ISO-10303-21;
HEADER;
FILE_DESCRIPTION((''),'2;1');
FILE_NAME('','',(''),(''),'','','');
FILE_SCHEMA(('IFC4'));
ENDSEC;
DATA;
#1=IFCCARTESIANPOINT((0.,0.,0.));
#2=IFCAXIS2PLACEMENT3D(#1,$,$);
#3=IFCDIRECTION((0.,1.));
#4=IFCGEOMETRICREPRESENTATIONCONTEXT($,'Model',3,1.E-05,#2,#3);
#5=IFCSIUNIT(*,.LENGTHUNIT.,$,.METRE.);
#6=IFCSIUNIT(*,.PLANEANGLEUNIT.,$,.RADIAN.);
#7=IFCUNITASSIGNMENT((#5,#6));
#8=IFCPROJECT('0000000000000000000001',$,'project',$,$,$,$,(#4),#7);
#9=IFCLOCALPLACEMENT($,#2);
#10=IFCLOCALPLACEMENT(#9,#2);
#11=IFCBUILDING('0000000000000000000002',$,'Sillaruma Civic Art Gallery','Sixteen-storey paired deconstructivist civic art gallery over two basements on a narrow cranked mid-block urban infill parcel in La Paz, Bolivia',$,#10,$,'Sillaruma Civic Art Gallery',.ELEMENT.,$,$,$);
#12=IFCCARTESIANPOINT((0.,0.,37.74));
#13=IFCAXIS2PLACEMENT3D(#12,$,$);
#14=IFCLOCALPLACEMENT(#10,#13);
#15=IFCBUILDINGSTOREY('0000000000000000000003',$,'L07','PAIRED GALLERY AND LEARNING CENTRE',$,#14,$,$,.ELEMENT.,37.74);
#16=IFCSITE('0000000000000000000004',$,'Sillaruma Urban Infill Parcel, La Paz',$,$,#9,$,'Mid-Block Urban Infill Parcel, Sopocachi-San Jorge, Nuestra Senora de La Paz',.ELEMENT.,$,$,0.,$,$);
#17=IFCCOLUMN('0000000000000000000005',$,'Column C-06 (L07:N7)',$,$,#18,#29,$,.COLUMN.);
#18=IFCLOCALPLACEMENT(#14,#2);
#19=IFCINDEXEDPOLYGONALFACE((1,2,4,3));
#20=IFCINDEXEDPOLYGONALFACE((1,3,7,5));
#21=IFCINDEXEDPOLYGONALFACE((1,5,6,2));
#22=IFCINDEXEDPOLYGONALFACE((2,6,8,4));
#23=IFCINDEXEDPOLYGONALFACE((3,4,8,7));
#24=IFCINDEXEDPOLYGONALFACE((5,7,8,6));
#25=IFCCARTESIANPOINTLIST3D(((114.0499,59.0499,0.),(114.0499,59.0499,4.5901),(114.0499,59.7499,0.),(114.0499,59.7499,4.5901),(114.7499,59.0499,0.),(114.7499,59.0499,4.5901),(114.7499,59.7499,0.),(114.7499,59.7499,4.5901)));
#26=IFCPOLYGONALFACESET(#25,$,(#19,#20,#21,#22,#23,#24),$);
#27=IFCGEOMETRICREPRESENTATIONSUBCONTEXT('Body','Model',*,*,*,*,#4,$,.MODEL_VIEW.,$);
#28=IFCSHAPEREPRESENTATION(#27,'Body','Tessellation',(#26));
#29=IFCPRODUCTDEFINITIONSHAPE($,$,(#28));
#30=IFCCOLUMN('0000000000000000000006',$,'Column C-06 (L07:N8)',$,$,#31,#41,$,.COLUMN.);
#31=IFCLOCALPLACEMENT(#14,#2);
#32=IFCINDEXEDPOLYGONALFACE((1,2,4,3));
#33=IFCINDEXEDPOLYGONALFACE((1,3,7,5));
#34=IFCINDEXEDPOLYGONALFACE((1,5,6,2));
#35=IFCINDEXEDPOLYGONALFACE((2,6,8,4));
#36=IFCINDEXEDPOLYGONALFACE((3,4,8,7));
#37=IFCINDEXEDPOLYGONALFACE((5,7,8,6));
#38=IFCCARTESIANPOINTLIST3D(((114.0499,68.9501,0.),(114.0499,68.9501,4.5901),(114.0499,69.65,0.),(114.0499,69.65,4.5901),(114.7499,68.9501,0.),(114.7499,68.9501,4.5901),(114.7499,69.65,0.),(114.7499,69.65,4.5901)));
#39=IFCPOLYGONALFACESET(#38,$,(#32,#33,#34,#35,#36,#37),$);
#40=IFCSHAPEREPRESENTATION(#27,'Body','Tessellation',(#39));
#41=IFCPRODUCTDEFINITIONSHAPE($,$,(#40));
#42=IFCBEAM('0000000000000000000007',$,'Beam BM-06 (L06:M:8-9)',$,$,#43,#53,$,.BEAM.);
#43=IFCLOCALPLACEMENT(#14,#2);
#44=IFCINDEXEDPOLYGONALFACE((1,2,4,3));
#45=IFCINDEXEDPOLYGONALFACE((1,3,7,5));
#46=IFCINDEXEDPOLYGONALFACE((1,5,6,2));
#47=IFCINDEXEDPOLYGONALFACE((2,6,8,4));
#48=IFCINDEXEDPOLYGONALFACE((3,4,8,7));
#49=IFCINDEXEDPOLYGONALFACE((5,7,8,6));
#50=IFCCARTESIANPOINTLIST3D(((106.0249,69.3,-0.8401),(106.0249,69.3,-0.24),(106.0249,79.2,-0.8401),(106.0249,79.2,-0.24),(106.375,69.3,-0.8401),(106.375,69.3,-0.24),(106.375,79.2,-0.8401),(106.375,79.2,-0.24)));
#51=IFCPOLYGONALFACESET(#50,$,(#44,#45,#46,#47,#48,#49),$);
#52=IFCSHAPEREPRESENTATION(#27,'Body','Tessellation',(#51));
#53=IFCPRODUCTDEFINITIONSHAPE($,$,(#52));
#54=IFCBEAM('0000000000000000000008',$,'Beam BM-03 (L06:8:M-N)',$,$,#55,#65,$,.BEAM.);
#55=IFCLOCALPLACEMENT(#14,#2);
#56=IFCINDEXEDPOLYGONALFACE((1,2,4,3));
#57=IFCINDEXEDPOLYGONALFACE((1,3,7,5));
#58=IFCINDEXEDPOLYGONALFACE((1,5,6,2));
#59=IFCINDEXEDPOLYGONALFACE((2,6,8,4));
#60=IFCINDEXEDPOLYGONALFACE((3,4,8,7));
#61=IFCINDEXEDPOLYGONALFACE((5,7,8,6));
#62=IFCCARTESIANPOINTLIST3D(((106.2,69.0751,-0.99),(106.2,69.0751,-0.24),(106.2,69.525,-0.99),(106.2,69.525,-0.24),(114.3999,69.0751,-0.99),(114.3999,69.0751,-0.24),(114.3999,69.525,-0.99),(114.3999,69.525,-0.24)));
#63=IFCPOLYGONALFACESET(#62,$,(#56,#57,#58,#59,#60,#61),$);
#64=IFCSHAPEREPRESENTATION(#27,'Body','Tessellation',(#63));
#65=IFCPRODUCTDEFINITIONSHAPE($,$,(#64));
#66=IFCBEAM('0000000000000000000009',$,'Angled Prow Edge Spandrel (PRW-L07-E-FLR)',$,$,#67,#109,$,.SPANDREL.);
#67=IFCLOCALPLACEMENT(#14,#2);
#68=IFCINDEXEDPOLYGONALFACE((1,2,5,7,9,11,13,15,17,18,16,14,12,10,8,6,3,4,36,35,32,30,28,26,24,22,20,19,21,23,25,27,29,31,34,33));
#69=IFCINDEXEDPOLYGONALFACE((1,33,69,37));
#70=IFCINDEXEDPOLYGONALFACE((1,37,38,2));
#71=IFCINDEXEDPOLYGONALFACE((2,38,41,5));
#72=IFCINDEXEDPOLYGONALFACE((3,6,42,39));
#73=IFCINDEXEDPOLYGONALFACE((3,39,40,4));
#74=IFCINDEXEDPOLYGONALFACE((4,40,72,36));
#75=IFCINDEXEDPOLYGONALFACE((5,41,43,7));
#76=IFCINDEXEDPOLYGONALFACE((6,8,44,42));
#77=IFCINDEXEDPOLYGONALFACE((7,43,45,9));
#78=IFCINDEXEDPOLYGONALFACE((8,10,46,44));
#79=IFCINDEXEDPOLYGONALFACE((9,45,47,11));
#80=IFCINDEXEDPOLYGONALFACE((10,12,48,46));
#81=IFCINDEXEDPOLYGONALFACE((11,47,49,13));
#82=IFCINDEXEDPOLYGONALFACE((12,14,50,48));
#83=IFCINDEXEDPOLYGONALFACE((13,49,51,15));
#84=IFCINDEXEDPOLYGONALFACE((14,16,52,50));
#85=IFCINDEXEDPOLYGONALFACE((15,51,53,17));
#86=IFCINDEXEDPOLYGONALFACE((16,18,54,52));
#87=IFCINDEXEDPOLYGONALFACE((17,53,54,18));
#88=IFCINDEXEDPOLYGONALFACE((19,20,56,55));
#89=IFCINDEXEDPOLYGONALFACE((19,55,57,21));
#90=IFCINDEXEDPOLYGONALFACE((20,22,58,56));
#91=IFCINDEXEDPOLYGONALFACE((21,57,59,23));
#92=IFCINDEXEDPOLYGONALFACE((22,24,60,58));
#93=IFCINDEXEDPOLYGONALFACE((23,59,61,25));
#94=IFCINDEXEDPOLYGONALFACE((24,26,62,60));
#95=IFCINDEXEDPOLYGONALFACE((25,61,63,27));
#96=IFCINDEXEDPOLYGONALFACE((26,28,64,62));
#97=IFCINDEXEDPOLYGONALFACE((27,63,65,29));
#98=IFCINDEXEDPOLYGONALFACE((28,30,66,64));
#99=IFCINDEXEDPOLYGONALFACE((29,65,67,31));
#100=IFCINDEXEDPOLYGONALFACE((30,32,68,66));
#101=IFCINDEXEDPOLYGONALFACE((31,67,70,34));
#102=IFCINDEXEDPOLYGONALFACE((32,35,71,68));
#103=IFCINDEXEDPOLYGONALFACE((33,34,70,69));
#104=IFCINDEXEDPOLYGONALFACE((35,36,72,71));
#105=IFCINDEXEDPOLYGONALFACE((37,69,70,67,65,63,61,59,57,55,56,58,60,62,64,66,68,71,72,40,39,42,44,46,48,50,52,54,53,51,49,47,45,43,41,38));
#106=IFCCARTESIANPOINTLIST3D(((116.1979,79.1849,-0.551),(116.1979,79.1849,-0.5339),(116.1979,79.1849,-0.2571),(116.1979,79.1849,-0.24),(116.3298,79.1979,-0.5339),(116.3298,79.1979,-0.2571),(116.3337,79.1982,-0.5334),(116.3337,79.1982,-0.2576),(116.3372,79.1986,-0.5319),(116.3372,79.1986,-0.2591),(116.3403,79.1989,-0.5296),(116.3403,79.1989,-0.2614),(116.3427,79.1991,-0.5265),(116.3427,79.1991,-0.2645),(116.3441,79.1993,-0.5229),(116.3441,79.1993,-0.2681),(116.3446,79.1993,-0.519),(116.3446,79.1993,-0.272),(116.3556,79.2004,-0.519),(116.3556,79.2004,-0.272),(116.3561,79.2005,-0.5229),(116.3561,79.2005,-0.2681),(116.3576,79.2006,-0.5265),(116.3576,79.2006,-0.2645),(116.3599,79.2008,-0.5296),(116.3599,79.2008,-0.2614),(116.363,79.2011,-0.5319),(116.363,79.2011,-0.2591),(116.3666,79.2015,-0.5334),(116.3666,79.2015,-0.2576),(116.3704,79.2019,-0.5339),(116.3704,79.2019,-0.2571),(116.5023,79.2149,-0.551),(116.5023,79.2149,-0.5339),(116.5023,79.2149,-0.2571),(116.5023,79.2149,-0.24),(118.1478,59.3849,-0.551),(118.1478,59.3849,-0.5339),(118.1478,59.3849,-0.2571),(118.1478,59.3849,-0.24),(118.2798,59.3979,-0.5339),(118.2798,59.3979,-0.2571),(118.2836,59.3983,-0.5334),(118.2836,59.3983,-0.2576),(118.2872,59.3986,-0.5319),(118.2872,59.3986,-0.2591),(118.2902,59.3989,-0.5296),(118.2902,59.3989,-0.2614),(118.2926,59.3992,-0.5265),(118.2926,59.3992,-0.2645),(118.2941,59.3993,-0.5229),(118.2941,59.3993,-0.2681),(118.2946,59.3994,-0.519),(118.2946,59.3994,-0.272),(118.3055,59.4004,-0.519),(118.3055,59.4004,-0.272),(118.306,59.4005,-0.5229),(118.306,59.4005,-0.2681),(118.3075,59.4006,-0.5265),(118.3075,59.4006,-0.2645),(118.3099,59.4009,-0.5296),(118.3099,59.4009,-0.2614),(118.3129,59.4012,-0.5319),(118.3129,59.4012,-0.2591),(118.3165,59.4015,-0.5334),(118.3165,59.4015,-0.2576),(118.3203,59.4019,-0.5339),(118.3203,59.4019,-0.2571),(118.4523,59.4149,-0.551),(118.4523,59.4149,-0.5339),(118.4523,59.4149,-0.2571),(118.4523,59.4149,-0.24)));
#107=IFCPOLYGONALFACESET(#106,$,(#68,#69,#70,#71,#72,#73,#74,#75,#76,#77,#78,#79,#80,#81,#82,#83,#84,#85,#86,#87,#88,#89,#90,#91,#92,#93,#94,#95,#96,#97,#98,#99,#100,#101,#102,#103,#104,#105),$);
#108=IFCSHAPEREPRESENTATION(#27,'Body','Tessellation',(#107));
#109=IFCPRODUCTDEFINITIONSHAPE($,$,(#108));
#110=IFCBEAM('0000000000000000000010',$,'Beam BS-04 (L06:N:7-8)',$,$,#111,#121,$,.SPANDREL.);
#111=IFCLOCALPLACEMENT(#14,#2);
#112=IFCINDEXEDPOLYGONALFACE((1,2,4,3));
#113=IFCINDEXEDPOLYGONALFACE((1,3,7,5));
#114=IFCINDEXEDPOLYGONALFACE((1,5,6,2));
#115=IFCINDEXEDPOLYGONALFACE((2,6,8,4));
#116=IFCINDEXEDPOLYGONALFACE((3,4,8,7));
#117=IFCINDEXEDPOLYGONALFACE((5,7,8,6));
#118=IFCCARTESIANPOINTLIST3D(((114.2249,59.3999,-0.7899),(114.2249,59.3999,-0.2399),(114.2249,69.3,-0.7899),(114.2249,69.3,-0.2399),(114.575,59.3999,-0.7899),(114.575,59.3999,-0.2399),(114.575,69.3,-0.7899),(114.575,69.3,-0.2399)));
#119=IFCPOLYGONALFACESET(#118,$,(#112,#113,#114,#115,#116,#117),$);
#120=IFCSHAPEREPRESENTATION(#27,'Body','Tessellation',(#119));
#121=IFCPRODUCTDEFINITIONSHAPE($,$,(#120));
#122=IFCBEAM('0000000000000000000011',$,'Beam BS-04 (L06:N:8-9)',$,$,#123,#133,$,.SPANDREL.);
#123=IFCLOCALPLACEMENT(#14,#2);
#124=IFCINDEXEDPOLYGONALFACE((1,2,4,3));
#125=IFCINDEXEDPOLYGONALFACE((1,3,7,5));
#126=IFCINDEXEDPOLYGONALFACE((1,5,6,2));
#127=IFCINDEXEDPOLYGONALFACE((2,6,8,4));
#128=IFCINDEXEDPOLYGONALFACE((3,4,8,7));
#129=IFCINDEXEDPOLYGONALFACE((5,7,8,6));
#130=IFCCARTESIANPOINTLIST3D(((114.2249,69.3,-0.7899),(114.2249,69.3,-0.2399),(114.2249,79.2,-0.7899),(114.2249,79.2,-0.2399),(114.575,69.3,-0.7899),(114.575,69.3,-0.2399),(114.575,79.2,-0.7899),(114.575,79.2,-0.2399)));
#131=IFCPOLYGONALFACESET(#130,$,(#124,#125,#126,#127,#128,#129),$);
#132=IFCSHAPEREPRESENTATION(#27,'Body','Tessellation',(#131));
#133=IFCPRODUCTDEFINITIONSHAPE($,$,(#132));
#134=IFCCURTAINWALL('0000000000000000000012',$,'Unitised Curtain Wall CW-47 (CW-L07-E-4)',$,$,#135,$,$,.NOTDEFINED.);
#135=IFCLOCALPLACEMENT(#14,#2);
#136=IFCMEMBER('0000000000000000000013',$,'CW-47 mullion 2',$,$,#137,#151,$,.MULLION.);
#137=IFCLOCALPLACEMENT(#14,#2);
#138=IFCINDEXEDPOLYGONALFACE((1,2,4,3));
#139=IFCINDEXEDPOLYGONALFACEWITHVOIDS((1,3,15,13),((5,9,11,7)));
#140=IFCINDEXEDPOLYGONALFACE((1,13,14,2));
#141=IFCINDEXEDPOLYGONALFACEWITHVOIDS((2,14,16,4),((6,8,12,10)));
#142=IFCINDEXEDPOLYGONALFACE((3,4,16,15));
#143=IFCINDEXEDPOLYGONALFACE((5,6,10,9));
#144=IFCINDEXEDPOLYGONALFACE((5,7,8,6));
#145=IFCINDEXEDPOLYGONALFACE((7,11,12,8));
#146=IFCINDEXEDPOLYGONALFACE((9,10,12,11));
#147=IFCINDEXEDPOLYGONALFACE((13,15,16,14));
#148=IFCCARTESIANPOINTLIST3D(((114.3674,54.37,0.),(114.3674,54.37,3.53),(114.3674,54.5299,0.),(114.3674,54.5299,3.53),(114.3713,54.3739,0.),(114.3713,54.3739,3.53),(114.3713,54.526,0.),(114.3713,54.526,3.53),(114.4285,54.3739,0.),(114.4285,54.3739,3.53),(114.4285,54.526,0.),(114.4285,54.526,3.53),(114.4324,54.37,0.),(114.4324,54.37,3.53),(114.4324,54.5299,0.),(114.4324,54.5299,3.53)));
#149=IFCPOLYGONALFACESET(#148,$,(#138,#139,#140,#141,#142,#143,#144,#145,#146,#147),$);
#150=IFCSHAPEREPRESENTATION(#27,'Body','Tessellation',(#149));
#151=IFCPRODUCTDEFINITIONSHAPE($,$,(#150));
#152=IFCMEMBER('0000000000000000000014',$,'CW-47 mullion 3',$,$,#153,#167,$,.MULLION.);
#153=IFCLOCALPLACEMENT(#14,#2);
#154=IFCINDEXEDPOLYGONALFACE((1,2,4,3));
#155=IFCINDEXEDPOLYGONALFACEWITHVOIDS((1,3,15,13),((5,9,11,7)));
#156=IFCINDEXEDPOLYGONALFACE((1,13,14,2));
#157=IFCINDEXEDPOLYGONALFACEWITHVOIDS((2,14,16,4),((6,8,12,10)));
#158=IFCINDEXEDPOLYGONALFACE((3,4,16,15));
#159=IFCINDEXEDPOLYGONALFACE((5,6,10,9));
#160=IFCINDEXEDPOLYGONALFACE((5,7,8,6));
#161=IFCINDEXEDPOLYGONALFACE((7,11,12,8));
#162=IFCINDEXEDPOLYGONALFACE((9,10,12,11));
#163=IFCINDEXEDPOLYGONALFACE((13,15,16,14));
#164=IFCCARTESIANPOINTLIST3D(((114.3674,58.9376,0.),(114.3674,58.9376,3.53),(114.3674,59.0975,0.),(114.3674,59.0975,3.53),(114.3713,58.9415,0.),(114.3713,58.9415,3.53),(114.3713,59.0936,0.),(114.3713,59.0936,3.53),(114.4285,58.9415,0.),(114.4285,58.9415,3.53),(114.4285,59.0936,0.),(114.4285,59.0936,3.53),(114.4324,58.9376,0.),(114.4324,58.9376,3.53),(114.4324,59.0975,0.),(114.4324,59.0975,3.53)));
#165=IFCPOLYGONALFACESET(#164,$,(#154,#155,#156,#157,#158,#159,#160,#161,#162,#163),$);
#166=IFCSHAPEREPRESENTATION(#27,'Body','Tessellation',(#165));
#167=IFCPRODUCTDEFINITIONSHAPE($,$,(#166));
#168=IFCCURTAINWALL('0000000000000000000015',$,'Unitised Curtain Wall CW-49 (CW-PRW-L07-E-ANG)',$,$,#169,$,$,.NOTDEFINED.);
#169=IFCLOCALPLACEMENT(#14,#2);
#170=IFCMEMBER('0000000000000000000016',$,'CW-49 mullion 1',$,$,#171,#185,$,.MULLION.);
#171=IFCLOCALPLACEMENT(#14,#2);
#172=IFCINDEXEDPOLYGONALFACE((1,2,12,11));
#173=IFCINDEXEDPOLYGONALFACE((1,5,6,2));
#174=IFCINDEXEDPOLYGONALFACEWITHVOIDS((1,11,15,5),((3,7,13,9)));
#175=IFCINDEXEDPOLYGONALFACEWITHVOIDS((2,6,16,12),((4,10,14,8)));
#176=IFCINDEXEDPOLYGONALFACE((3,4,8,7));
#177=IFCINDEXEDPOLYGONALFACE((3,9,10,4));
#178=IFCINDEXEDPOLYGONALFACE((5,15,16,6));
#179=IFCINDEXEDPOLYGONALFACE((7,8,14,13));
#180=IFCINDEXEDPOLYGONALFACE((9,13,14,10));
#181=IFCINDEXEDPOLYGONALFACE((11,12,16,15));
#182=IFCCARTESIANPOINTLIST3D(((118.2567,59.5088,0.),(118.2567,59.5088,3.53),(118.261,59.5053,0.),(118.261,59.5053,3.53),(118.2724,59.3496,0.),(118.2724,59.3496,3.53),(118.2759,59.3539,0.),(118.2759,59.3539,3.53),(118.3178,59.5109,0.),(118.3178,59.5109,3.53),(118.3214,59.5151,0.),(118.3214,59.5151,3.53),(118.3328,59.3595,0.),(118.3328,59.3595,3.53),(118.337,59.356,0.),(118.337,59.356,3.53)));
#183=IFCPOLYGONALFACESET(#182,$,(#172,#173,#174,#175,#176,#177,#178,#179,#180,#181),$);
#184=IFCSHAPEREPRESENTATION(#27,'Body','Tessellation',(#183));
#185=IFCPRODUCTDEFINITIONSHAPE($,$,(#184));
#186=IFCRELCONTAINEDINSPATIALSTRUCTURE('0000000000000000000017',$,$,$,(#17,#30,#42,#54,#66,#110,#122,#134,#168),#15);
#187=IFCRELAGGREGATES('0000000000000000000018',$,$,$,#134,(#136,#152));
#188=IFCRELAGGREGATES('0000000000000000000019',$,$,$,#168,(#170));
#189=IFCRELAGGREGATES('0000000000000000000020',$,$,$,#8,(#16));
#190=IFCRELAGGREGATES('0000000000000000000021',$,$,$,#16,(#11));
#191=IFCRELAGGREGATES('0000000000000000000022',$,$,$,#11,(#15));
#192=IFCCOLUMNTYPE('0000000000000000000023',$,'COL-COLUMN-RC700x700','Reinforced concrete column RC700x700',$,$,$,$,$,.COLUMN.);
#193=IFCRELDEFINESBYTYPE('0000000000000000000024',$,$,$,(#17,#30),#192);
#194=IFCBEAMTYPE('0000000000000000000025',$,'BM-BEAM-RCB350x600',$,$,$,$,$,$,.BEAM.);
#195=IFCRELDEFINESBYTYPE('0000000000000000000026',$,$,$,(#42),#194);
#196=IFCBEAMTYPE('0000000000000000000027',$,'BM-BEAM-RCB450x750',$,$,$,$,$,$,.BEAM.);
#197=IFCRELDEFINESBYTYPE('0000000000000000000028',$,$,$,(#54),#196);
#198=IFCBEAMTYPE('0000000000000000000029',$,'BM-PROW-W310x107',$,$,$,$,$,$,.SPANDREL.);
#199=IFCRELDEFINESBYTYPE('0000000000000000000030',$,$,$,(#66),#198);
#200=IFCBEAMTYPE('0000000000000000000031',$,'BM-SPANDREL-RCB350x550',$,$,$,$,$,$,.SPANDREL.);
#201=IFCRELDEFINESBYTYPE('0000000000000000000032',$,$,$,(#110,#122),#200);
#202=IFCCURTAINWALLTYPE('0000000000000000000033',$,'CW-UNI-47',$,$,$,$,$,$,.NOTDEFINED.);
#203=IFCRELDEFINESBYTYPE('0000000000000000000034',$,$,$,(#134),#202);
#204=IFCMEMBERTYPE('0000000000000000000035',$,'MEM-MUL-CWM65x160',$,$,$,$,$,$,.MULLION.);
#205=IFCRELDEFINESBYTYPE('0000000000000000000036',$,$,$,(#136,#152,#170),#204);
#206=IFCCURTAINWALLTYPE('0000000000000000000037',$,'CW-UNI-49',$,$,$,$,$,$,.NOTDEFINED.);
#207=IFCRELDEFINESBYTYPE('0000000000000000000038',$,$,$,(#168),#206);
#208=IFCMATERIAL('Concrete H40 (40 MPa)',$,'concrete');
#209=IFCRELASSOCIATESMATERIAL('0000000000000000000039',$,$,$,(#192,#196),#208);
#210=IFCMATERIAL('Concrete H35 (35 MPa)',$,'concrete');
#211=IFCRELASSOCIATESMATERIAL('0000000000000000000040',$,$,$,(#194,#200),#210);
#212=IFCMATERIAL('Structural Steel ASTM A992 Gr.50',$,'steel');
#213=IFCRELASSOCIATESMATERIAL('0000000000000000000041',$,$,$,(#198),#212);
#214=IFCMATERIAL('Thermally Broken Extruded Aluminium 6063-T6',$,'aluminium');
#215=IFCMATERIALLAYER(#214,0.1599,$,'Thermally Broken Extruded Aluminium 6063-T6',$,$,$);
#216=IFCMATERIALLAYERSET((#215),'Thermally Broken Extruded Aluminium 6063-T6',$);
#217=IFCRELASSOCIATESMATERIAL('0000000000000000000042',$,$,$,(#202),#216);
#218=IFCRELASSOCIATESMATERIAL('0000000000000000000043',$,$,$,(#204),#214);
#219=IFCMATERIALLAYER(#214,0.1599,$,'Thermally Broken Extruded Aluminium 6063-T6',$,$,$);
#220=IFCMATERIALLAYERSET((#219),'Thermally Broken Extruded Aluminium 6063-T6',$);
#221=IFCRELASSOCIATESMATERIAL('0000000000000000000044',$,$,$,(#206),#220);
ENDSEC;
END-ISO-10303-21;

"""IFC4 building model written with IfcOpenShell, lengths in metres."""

from ifc_helpers import new_model, si_unit, direction, frame, origin, origin_2d, place, context, subcontext, project, spatial, rectangle, hollow_rectangle, i_section, extrude, material, layer, layer_set, material_profile, profile_set, type_object, element, aggregate, save


model = new_model("IFC4")

# Units and contexts
model_context = context("Model", 3, precision=1e-05, world=origin(), true_north=direction((0.0, 1.0)))
body_context = subcontext(model_context, "Body", "Model", "MODEL_VIEW")
ifc_project = project(units=[si_unit("LENGTHUNIT", "METRE"), si_unit("PLANEANGLEUNIT", "RADIAN")], contexts=[model_context])

# Site, building, storey
site_placement = place(None, origin())
site = spatial("IfcSite", under=ifc_project, at=site_placement, Name="Sillaruma Urban Infill Parcel, La Paz", LongName="Mid-Block Urban Infill Parcel, Sopocachi-San Jorge, Nuestra Senora de La Paz", CompositionType="ELEMENT", RefElevation=0.0)
building_placement = place(site_placement, origin())
building = spatial("IfcBuilding", under=site, at=building_placement, Name="Sillaruma Civic Art Gallery", Description="Sixteen-storey paired deconstructivist civic art gallery over two basements on a narrow cranked mid-block urban infill parcel in La Paz, Bolivia", LongName="Sillaruma Civic Art Gallery", CompositionType="ELEMENT")
storey_placement = place(building_placement, frame((0.0, 0.0, 37.74)))
storey = spatial("IfcBuildingStorey", under=building, at=storey_placement, Name="L07", Description="PAIRED GALLERY AND LEARNING CENTRE", CompositionType="ELEMENT", Elevation=37.74)

# Columns
ifc_material_1 = material(Name="Concrete H40 (40 MPa)", Category="concrete")
ifc_material_profile_1 = material_profile(ifc_material_1, rectangle(XDim=0.7, YDim=0.7, at=origin_2d()), Name="RC700x700")
ifc_profile_set_1 = profile_set([ifc_material_profile_1], Name="Concrete H40 (40 MPa)")
column_type = type_object("IfcColumnType", Name="COL-COLUMN-RC700x700", Description="Reinforced concrete column RC700x700", PredefinedType="COLUMN", material=ifc_profile_set_1)
for number, where, z_axis, x_axis, name in (
    (1, (114.3999, 59.3999, 0.0), (0.0, 0.0, 1.0), (1.0, 0.0, 0.0), "Column C-06 (L07:N7)"),
    (2, (114.3999, 69.3, 0.0), (0.0, 0.0, 1.0), (1.0, 0.0, 0.0), "Column C-06 (L07:N8)"),
):
    element("IfcColumn", number, at=place(storey_placement, frame(where, z_axis=z_axis, x_axis=x_axis)), inside=storey, type_object=column_type, Name=name, PredefinedType="COLUMN", context=body_context, shape_type="SweptSolid", body=[
        extrude(rectangle(XDim=0.7, YDim=0.7, at=origin_2d()), origin(), (0.0, 0.0, 1.0), 4.5901),
    ])

# Beams
ifc_material_2 = material(Name="Concrete H35 (35 MPa)", Category="concrete")
ifc_material_profile_2 = material_profile(ifc_material_2, rectangle(XDim=0.3501, YDim=0.6001, at=origin_2d()), Name="RCB350x600")
ifc_profile_set_2 = profile_set([ifc_material_profile_2], Name="Concrete H35 (35 MPa)")
beam_type_1 = type_object("IfcBeamType", Name="BM-BEAM-RCB350x600", PredefinedType="BEAM", material=ifc_profile_set_2)
beam_1_placement = place(storey_placement, frame((106.2, 69.3, -0.54), z_axis=(0.0, 1.0, 0.0), x_axis=(-1.0, 0.0, 0.0)))
element("IfcBeam", 3, at=beam_1_placement, inside=storey, type_object=beam_type_1, Name="Beam BM-06 (L06:M:8-9)", PredefinedType="BEAM", context=body_context, shape_type="SweptSolid", body=[
    extrude(rectangle(XDim=0.3501, YDim=0.6001, at=origin_2d()), origin(), (0.0, 0.0, 1.0), 9.8999),
])
ifc_material_profile_3 = material_profile(ifc_material_1, rectangle(XDim=0.45, YDim=0.75, at=origin_2d()), Name="RCB450x750")
ifc_profile_set_3 = profile_set([ifc_material_profile_3], Name="Concrete H40 (40 MPa)")
beam_type_2 = type_object("IfcBeamType", Name="BM-BEAM-RCB450x750", PredefinedType="BEAM", material=ifc_profile_set_3)
beam_2_placement = place(storey_placement, frame((106.2, 69.3, -0.615), z_axis=(1.0, 0.0, 0.0), x_axis=(0.0, 1.0, 0.0)))
element("IfcBeam", 4, at=beam_2_placement, inside=storey, type_object=beam_type_2, Name="Beam BM-03 (L06:8:M-N)", PredefinedType="BEAM", context=body_context, shape_type="SweptSolid", body=[
    extrude(rectangle(XDim=0.45, YDim=0.75, at=origin_2d()), origin(), (0.0, 0.0, 1.0), 8.2),
])
ifc_material_3 = material(Name="Structural Steel ASTM A992 Gr.50", Category="steel")
ifc_material_profile_4 = material_profile(ifc_material_3, i_section(OverallWidth=0.3059, OverallDepth=0.311, WebThickness=0.011, FlangeThickness=0.0171, FilletRadius=0.0149, at=origin_2d()), Name="W310x107")
ifc_profile_set_4 = profile_set([ifc_material_profile_4], Name="Structural Steel ASTM A992 Gr.50")
beam_type_3 = type_object("IfcBeamType", Name="BM-PROW-W310x107", PredefinedType="SPANDREL", material=ifc_profile_set_4)
beam_3_placement = place(storey_placement, frame((118.3, 59.3999, -0.3955), z_axis=(-0.098008, 0.995186, 0.0), x_axis=(-0.995186, -0.098008, 0.0)))
element("IfcBeam", 5, at=beam_3_placement, inside=storey, type_object=beam_type_3, Name="Angled Prow Edge Spandrel (PRW-L07-E-FLR)", PredefinedType="SPANDREL", context=body_context, shape_type="SweptSolid", body=[
    extrude(i_section(OverallWidth=0.3059, OverallDepth=0.311, WebThickness=0.011, FlangeThickness=0.0171, FilletRadius=0.0149, at=origin_2d()), origin(), (0.0, 0.0, 1.0), 19.8958),
])
ifc_material_profile_5 = material_profile(ifc_material_2, rectangle(XDim=0.3501, YDim=0.55, at=origin_2d()), Name="RCB350x550")
ifc_profile_set_5 = profile_set([ifc_material_profile_5], Name="Concrete H35 (35 MPa)")
beam_type_4 = type_object("IfcBeamType", Name="BM-SPANDREL-RCB350x550", PredefinedType="SPANDREL", material=ifc_profile_set_5)
beam_4_placement = place(storey_placement, frame((114.3999, 59.3999, -0.5149), z_axis=(0.0, 1.0, 0.0), x_axis=(-1.0, 0.0, 0.0)))
element("IfcBeam", 6, at=beam_4_placement, inside=storey, type_object=beam_type_4, Name="Beam BS-04 (L06:N:7-8)", PredefinedType="SPANDREL", context=body_context, shape_type="SweptSolid", body=[
    extrude(rectangle(XDim=0.3501, YDim=0.55, at=origin_2d()), origin(), (0.0, 0.0, 1.0), 9.9001),
])
beam_5_placement = place(storey_placement, frame((114.3999, 69.3, -0.5149), z_axis=(0.0, 1.0, 0.0), x_axis=(-1.0, 0.0, 0.0)))
element("IfcBeam", 7, at=beam_5_placement, inside=storey, type_object=beam_type_4, Name="Beam BS-04 (L06:N:8-9)", PredefinedType="SPANDREL", context=body_context, shape_type="SweptSolid", body=[
    extrude(rectangle(XDim=0.3501, YDim=0.55, at=origin_2d()), origin(), (0.0, 0.0, 1.0), 9.8999),
])

# Curtain walls, members
ifc_material_4 = material(Name="Thermally Broken Extruded Aluminium 6063-T6", Category="aluminium")
ifc_layer_1 = layer(ifc_material_4, 0.1599, Name="Thermally Broken Extruded Aluminium 6063-T6")
ifc_layer_set_1 = layer_set([ifc_layer_1], Name="Thermally Broken Extruded Aluminium 6063-T6")
curtain_wall_type_1 = type_object("IfcCurtainWallType", Name="CW-UNI-47", PredefinedType="NOTDEFINED", material=ifc_layer_set_1)
curtain_wall_1_placement = place(storey_placement, origin())
curtain_wall_1 = element("IfcCurtainWall", 8, at=curtain_wall_1_placement, inside=storey, type_object=curtain_wall_type_1, Name="Unitised Curtain Wall CW-47 (CW-L07-E-4)", PredefinedType="NOTDEFINED")
ifc_material_profile_6 = material_profile(ifc_material_4, hollow_rectangle(XDim=0.0649, YDim=0.1599, WallThickness=0.0039, at=origin_2d()), Name="CWM65x160")
ifc_profile_set_6 = profile_set([ifc_material_profile_6], Name="Thermally Broken Extruded Aluminium 6063-T6")
member_type_1 = type_object("IfcMemberType", Name="MEM-MUL-CWM65x160", PredefinedType="MULLION", material=ifc_profile_set_6)
member_1_placement = place(storey_placement, frame((114.3999, 54.45, 0.0), z_axis=(0.0, 0.0, 1.0), x_axis=(-1.0, 0.0, 0.0)))
member_1 = element("IfcMember", 9, at=member_1_placement, type_object=member_type_1, Name="CW-47 mullion 2", PredefinedType="MULLION", context=body_context, shape_type="SweptSolid", body=[
    extrude(hollow_rectangle(XDim=0.0649, YDim=0.1599, WallThickness=0.0039, at=origin_2d()), origin(), (0.0, 0.0, 1.0), 3.53),
])
member_2_placement = place(storey_placement, frame((114.3999, 59.0176, 0.0), z_axis=(0.0, 0.0, 1.0), x_axis=(-1.0, 0.0, 0.0)))
member_2 = element("IfcMember", 10, at=member_2_placement, type_object=member_type_1, Name="CW-47 mullion 3", PredefinedType="MULLION", context=body_context, shape_type="SweptSolid", body=[
    extrude(hollow_rectangle(XDim=0.0649, YDim=0.1599, WallThickness=0.0039, at=origin_2d()), origin(), (0.0, 0.0, 1.0), 3.53),
])
ifc_layer_2 = layer(ifc_material_4, 0.1599, Name="Thermally Broken Extruded Aluminium 6063-T6")
ifc_layer_set_2 = layer_set([ifc_layer_2], Name="Thermally Broken Extruded Aluminium 6063-T6")
curtain_wall_type_2 = type_object("IfcCurtainWallType", Name="CW-UNI-49", PredefinedType="NOTDEFINED", material=ifc_layer_set_2)
curtain_wall_2_placement = place(storey_placement, origin())
curtain_wall_2 = element("IfcCurtainWall", 11, at=curtain_wall_2_placement, inside=storey, type_object=curtain_wall_type_2, Name="Unitised Curtain Wall CW-49 (CW-PRW-L07-E-ANG)", PredefinedType="NOTDEFINED")
member_3_placement = place(storey_placement, frame((118.2969, 59.4324, 0.0), z_axis=(0.0, 0.0, 1.0), x_axis=(-0.995185, -0.098011, 0.0)))
member_3 = element("IfcMember", 12, at=member_3_placement, type_object=member_type_1, Name="CW-49 mullion 1", PredefinedType="MULLION", context=body_context, shape_type="SweptSolid", body=[
    extrude(hollow_rectangle(XDim=0.0649, YDim=0.1599, WallThickness=0.0039, at=origin_2d()), origin(), (0.0, 0.0, 1.0), 3.53),
])

aggregate(curtain_wall_1, [member_1, member_2])
aggregate(curtain_wall_2, [member_3])

save(model, "model.ifc")
